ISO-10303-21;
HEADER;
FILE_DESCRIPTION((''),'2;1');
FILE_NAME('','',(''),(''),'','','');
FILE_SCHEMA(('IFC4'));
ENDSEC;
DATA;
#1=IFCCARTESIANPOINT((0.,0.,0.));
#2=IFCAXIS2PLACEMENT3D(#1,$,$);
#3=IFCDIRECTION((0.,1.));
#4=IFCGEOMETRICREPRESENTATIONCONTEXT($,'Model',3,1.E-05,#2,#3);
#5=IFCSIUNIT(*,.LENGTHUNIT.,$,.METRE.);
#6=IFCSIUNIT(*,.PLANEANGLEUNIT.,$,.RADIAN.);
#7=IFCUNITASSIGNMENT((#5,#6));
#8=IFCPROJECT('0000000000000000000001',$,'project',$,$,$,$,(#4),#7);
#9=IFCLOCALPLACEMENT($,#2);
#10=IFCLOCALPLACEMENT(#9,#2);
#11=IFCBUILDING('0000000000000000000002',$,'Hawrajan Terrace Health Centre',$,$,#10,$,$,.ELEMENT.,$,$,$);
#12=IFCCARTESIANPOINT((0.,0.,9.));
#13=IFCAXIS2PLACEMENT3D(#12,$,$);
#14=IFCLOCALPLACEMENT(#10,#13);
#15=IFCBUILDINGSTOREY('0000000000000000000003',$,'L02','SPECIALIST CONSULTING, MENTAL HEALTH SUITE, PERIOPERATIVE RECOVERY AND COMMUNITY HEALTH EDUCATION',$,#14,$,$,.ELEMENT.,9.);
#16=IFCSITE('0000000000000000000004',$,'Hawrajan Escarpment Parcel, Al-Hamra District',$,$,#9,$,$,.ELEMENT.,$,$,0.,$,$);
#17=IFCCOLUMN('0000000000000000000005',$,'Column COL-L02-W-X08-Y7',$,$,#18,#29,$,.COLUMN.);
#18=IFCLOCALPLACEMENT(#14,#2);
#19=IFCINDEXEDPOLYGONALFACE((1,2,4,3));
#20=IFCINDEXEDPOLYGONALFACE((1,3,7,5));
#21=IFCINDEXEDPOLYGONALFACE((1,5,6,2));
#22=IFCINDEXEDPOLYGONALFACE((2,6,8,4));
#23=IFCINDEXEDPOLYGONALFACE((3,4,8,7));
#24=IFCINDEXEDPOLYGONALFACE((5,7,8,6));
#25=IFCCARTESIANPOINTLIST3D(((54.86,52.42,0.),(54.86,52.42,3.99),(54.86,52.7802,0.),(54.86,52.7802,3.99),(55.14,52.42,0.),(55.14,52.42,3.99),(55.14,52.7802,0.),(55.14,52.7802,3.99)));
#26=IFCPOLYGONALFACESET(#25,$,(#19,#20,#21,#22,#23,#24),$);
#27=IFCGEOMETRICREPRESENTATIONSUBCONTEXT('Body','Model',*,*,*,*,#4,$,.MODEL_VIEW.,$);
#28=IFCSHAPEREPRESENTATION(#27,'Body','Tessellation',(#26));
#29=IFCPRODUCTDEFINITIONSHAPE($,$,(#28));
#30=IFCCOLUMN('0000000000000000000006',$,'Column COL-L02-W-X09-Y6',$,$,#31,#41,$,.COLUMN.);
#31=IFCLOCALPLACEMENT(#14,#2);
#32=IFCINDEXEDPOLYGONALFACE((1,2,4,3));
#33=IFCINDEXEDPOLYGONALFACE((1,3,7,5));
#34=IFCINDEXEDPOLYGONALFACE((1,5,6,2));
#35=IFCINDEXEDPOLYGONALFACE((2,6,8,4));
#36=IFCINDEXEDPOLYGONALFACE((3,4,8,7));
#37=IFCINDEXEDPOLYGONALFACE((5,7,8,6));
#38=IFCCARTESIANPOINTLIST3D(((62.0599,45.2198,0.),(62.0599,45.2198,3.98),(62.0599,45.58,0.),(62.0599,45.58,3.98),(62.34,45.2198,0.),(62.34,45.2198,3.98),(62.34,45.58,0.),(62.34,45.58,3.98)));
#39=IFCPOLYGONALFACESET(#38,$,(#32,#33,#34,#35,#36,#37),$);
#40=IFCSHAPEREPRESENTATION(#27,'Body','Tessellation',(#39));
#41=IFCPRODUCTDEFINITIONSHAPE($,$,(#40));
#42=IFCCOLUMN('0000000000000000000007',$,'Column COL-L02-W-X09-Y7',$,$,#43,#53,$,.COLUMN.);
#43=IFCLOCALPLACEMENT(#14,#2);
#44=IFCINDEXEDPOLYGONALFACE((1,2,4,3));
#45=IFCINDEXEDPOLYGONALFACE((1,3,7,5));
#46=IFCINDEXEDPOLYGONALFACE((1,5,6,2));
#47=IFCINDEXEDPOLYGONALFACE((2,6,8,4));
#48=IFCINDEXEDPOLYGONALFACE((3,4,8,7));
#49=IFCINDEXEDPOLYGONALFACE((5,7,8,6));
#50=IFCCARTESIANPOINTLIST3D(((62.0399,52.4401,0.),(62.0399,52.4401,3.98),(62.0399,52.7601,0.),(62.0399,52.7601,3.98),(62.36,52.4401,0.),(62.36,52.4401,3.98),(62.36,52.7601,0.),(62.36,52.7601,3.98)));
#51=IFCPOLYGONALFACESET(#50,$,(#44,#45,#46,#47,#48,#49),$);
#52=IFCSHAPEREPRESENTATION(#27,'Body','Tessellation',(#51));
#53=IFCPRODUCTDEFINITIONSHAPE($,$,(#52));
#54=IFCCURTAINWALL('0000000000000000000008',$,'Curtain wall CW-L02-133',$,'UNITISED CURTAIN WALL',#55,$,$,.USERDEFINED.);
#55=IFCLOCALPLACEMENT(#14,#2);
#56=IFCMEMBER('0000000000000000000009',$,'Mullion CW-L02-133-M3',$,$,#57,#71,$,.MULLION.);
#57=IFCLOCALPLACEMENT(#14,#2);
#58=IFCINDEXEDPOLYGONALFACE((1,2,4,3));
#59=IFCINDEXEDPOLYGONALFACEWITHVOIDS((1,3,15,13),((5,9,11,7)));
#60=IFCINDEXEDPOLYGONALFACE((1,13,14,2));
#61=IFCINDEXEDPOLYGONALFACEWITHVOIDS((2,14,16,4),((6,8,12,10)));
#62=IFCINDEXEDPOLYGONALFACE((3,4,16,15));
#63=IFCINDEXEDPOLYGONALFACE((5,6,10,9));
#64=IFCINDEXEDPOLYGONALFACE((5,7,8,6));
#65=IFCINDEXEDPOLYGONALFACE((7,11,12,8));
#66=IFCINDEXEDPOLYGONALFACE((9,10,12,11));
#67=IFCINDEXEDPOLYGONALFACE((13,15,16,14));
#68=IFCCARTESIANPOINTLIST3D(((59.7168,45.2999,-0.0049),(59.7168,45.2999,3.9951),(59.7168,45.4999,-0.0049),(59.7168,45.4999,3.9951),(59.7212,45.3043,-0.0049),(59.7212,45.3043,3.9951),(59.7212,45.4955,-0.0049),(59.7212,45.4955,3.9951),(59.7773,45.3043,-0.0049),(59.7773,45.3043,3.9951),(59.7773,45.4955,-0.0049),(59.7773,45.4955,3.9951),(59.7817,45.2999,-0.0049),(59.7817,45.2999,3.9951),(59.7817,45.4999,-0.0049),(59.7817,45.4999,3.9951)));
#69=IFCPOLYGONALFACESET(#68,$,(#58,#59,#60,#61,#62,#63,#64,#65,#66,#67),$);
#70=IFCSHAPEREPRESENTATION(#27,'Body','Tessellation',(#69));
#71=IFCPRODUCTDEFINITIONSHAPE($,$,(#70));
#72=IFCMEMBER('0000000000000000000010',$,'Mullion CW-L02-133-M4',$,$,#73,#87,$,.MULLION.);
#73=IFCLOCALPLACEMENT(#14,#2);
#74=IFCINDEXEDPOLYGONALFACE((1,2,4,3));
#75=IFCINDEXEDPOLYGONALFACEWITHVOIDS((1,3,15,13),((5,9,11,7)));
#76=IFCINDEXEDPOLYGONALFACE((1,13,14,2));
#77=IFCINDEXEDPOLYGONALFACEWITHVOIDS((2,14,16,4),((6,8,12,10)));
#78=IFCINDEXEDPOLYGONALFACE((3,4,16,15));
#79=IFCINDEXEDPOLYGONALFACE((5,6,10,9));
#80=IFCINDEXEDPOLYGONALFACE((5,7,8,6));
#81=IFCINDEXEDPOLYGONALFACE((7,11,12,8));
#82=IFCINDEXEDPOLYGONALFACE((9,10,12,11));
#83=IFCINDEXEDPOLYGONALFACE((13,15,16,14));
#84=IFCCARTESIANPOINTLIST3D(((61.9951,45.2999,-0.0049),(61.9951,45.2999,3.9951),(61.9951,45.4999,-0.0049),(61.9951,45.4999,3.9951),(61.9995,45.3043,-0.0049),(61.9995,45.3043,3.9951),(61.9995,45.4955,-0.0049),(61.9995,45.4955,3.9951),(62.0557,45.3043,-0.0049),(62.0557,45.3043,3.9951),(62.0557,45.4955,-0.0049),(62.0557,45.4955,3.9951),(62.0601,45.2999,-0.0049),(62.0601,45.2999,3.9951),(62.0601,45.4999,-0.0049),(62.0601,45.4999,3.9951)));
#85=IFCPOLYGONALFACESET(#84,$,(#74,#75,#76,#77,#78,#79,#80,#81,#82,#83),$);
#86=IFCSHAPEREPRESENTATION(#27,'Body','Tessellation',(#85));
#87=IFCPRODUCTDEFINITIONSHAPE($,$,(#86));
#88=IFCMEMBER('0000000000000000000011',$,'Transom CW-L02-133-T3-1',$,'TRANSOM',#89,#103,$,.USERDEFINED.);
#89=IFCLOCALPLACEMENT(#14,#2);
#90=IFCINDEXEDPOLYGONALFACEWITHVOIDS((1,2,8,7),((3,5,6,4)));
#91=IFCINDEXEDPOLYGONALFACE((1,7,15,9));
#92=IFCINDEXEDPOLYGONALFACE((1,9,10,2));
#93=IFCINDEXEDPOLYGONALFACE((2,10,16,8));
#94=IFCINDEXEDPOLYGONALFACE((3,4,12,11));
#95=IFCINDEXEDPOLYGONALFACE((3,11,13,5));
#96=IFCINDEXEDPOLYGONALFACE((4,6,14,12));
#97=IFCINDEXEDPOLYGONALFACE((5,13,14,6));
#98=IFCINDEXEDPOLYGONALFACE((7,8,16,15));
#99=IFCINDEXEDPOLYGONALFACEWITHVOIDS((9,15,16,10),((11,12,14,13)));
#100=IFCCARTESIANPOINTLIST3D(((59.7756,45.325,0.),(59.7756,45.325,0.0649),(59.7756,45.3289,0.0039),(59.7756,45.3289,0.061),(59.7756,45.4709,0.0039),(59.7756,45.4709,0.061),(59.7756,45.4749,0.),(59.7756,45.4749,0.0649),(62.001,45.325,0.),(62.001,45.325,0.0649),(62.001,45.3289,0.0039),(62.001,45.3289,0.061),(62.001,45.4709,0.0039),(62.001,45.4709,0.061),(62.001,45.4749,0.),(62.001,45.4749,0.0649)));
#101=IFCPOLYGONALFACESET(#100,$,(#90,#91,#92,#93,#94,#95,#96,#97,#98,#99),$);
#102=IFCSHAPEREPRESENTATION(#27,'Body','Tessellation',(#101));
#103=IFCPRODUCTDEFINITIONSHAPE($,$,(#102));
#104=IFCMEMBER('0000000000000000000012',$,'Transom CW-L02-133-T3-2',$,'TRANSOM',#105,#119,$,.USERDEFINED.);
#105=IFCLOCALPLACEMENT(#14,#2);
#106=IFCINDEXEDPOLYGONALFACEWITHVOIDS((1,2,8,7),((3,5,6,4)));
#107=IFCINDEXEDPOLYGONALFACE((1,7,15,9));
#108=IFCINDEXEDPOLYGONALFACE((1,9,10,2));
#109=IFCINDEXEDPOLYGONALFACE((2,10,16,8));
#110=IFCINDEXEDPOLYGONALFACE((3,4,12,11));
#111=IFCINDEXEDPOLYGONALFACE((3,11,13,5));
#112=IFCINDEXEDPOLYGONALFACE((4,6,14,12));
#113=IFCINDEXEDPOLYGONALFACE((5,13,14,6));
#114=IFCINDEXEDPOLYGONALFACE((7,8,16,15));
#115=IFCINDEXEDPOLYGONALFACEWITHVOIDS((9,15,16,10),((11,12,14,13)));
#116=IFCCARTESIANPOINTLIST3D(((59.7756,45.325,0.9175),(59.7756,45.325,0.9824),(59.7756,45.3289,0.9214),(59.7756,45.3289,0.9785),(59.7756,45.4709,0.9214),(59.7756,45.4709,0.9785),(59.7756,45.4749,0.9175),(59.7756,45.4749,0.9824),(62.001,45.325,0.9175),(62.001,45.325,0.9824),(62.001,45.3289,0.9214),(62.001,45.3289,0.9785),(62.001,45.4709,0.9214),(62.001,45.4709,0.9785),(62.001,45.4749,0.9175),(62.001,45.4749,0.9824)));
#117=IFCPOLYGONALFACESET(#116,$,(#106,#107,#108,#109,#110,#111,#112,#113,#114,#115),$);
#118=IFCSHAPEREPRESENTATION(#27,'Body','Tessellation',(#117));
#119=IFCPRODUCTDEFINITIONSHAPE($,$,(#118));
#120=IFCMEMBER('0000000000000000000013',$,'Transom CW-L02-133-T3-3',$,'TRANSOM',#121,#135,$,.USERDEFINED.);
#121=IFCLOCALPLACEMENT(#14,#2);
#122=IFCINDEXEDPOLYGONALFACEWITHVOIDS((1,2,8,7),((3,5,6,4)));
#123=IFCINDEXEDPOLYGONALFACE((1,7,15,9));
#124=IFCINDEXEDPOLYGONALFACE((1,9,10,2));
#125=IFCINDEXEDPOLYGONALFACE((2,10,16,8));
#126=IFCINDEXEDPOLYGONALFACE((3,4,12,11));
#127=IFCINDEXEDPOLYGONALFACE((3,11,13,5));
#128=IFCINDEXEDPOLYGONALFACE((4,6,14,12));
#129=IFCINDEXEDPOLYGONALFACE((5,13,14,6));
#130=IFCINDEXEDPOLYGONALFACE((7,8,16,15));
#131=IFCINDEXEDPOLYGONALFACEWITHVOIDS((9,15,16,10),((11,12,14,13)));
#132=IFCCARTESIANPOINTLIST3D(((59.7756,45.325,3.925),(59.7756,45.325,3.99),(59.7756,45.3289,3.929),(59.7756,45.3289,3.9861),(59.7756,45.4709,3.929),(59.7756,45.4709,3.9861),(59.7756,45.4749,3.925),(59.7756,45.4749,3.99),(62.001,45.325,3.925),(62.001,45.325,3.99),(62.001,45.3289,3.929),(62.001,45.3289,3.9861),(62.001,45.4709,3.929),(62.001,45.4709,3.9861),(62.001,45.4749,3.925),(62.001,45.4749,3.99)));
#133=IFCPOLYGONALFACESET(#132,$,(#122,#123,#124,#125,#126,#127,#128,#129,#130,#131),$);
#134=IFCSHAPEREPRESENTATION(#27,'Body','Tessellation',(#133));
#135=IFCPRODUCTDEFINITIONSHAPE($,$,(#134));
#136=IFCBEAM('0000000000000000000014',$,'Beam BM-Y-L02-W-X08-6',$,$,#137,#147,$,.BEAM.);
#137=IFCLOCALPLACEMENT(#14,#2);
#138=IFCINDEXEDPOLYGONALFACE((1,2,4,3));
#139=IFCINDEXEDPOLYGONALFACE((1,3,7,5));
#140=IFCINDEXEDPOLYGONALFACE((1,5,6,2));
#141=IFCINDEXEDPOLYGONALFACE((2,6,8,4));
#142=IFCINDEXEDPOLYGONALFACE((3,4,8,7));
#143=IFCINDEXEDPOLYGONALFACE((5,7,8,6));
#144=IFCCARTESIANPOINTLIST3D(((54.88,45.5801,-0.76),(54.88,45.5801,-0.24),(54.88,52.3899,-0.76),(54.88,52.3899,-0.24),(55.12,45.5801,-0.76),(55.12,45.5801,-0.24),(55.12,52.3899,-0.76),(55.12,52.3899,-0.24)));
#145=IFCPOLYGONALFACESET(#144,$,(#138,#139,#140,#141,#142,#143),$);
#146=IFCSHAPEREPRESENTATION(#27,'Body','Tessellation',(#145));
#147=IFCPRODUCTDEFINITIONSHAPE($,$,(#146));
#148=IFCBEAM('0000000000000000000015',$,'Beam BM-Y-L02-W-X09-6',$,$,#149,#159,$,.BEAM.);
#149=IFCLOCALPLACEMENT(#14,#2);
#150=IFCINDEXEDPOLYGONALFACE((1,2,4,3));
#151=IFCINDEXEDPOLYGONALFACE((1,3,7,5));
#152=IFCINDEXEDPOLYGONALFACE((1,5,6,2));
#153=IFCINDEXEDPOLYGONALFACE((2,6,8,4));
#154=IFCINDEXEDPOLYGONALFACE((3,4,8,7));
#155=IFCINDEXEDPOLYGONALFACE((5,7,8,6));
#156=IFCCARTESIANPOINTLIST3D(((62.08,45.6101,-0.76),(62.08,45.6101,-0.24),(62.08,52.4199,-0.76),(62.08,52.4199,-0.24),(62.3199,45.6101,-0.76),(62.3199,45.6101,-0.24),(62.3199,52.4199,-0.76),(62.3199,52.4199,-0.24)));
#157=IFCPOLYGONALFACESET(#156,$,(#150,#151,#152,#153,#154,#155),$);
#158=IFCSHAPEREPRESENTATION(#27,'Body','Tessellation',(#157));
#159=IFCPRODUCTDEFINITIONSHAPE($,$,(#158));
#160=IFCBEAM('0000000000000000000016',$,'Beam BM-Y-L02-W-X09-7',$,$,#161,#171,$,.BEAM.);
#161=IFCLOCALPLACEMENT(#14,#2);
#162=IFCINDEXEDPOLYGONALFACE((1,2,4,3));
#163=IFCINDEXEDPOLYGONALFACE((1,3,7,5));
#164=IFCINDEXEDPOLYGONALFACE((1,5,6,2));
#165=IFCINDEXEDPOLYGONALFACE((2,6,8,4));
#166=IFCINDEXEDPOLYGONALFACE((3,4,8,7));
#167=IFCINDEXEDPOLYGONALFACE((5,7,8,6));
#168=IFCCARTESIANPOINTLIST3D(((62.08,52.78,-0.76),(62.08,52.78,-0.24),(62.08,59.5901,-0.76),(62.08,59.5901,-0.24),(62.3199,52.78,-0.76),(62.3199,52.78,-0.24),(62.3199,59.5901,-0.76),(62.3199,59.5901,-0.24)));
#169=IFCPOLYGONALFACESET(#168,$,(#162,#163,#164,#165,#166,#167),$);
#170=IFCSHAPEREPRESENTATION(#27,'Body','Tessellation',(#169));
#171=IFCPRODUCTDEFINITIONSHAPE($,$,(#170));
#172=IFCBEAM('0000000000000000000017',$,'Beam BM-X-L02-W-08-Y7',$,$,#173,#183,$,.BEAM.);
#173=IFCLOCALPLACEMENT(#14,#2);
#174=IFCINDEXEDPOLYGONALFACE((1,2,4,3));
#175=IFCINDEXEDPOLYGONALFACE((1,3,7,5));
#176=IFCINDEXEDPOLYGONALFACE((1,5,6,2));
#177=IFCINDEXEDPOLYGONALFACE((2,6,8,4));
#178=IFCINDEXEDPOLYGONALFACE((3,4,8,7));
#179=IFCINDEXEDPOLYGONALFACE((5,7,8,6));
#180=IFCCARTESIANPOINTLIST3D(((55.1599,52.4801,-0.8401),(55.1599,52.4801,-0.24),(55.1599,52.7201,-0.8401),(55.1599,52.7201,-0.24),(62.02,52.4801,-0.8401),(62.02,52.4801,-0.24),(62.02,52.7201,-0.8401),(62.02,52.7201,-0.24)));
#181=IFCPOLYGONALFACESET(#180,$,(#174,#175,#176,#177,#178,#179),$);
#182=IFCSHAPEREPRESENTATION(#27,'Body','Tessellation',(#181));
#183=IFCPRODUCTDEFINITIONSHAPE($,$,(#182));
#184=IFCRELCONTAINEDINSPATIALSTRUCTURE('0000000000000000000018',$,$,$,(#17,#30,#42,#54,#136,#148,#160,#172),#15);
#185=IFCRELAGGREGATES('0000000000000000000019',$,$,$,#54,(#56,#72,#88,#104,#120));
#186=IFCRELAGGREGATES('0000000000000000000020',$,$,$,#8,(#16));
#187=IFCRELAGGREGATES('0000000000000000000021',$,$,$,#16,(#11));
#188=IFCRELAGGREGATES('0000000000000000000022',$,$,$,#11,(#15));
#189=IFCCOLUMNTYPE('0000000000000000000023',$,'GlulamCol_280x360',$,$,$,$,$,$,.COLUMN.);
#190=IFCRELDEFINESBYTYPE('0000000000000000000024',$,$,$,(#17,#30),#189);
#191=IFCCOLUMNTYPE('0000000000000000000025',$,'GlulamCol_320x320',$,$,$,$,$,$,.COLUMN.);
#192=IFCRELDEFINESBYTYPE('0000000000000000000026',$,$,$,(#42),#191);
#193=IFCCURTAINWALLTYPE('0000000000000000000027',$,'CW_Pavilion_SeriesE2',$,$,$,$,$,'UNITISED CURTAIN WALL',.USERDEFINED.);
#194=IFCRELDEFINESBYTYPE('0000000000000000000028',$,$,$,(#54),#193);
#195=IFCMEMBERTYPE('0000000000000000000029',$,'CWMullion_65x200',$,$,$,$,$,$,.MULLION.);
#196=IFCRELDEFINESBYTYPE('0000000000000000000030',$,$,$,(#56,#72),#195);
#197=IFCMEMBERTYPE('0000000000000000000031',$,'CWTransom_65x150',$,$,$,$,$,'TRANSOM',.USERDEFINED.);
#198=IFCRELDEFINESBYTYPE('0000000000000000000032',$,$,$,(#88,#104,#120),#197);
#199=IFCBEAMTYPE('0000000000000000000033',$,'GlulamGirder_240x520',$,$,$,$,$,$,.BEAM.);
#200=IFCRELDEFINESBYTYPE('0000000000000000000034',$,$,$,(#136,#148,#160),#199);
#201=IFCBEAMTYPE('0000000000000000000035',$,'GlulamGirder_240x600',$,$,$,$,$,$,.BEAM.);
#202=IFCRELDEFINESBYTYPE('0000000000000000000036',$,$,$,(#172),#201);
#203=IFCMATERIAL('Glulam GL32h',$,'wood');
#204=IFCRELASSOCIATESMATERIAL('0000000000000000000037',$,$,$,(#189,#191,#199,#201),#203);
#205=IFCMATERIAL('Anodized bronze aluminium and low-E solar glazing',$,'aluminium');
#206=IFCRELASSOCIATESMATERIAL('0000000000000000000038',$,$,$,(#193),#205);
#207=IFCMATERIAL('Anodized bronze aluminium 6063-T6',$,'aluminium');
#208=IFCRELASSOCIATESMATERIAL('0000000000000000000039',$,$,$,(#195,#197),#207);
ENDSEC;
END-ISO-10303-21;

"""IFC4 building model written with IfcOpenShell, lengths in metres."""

from ifc_helpers import new_model, si_unit, direction, frame, origin, origin_2d, place, context, subcontext, project, spatial, rectangle, hollow_rectangle, extrude, material, material_profile, profile_set, type_object, element, aggregate, save


model = new_model("IFC4")

# Units and contexts
model_context = context("Model", 3, precision=1e-05, world=origin(), true_north=direction((0.0, 1.0)))
body_context = subcontext(model_context, "Body", "Model", "MODEL_VIEW")
ifc_project = project(units=[si_unit("LENGTHUNIT", "METRE"), si_unit("PLANEANGLEUNIT", "RADIAN")], contexts=[model_context])

# Site, building, storey
site_placement = place(None, origin())
site = spatial("IfcSite", under=ifc_project, at=site_placement, Name="Hawrajan Escarpment Parcel, Al-Hamra District", CompositionType="ELEMENT", RefElevation=0.0)
building_placement = place(site_placement, origin())
building = spatial("IfcBuilding", under=site, at=building_placement, Name="Hawrajan Terrace Health Centre", CompositionType="ELEMENT")
storey_placement = place(building_placement, frame((0.0, 0.0, 9.0)))
storey = spatial("IfcBuildingStorey", under=building, at=storey_placement, Name="L02", Description="SPECIALIST CONSULTING, MENTAL HEALTH SUITE, PERIOPERATIVE RECOVERY AND COMMUNITY HEALTH EDUCATION", CompositionType="ELEMENT", Elevation=9.0)

# Columns
ifc_material_1 = material(Name="Glulam GL32h", Category="wood")
ifc_material_profile_1 = material_profile(ifc_material_1, rectangle(XDim=0.28, YDim=0.3601, at=origin_2d()), Name="GL 280x360")
ifc_profile_set_1 = profile_set([ifc_material_profile_1], Name="Glulam GL32h")
column_type_1 = type_object("IfcColumnType", Name="GlulamCol_280x360", PredefinedType="COLUMN", material=ifc_profile_set_1)
column_1_placement = place(storey_placement, frame((55.0, 52.6001, 0.0), z_axis=(0.0, 0.0, 1.0), x_axis=(1.0, 0.0, 0.0)))
element("IfcColumn", 1, at=column_1_placement, inside=storey, type_object=column_type_1, Name="Column COL-L02-W-X08-Y7", PredefinedType="COLUMN", context=body_context, shape_type="SweptSolid", body=[
    extrude(rectangle(XDim=0.28, YDim=0.3601, at=origin_2d()), origin(), (0.0, 0.0, 1.0), 3.99),
])
column_2_placement = place(storey_placement, frame((62.2, 45.3999, 0.0), z_axis=(0.0, 0.0, 1.0), x_axis=(1.0, 0.0, 0.0)))
element("IfcColumn", 2, at=column_2_placement, inside=storey, type_object=column_type_1, Name="Column COL-L02-W-X09-Y6", PredefinedType="COLUMN", context=body_context, shape_type="SweptSolid", body=[
    extrude(rectangle(XDim=0.28, YDim=0.3601, at=origin_2d()), origin(), (0.0, 0.0, 1.0), 3.98),
])
ifc_material_profile_2 = material_profile(ifc_material_1, rectangle(XDim=0.3201, YDim=0.3201, at=origin_2d()), Name="GL 320x320")
ifc_profile_set_2 = profile_set([ifc_material_profile_2], Name="Glulam GL32h")
column_type_2 = type_object("IfcColumnType", Name="GlulamCol_320x320", PredefinedType="COLUMN", material=ifc_profile_set_2)
column_3_placement = place(storey_placement, frame((62.2, 52.6001, 0.0), z_axis=(0.0, 0.0, 1.0), x_axis=(1.0, 0.0, 0.0)))
element("IfcColumn", 3, at=column_3_placement, inside=storey, type_object=column_type_2, Name="Column COL-L02-W-X09-Y7", PredefinedType="COLUMN", context=body_context, shape_type="SweptSolid", body=[
    extrude(rectangle(XDim=0.3201, YDim=0.3201, at=origin_2d()), origin(), (0.0, 0.0, 1.0), 3.98),
])

# Curtain wall, members
ifc_material_2 = material(Name="Anodized bronze aluminium and low-E solar glazing", Category="aluminium")
curtain_wall_type = type_object("IfcCurtainWallType", Name="CW_Pavilion_SeriesE2", ElementType="UNITISED CURTAIN WALL", PredefinedType="USERDEFINED", material=ifc_material_2)
curtain_wall_placement = place(storey_placement, origin())
curtain_wall = element("IfcCurtainWall", 4, at=curtain_wall_placement, inside=storey, type_object=curtain_wall_type, Name="Curtain wall CW-L02-133", ObjectType="UNITISED CURTAIN WALL", PredefinedType="USERDEFINED")
ifc_material_3 = material(Name="Anodized bronze aluminium 6063-T6", Category="aluminium")
ifc_material_profile_3 = material_profile(ifc_material_3, hollow_rectangle(XDim=0.0649, YDim=0.2, WallThickness=0.0044, at=origin_2d()), Name="CW MUL 65x200")
ifc_profile_set_3 = profile_set([ifc_material_profile_3], Name="Anodized bronze aluminium 6063-T6")
member_type_1 = type_object("IfcMemberType", Name="CWMullion_65x200", PredefinedType="MULLION", material=ifc_profile_set_3)
member_1_placement = place(storey_placement, frame((59.7493, 45.3999, -0.0049), z_axis=(0.0, 0.0, 1.0), x_axis=(1.0, 0.0, 0.0)))
member_1 = element("IfcMember", 5, at=member_1_placement, type_object=member_type_1, Name="Mullion CW-L02-133-M3", PredefinedType="MULLION", context=body_context, shape_type="SweptSolid", body=[
    extrude(hollow_rectangle(XDim=0.0649, YDim=0.2, WallThickness=0.0044, at=origin_2d()), origin(), (0.0, 0.0, 1.0), 4.0),
])
member_2_placement = place(storey_placement, frame((62.0276, 45.3999, -0.0049), z_axis=(0.0, 0.0, 1.0), x_axis=(1.0, 0.0, 0.0)))
member_2 = element("IfcMember", 6, at=member_2_placement, type_object=member_type_1, Name="Mullion CW-L02-133-M4", PredefinedType="MULLION", context=body_context, shape_type="SweptSolid", body=[
    extrude(hollow_rectangle(XDim=0.0649, YDim=0.2, WallThickness=0.0044, at=origin_2d()), origin(), (0.0, 0.0, 1.0), 4.0),
])
ifc_material_profile_4 = material_profile(ifc_material_3, hollow_rectangle(XDim=0.0649, YDim=0.1499, WallThickness=0.0039, at=origin_2d()), Name="CW TRN 65x150")
ifc_profile_set_4 = profile_set([ifc_material_profile_4], Name="Anodized bronze aluminium 6063-T6")
member_type_2 = type_object("IfcMemberType", Name="CWTransom_65x150", ElementType="TRANSOM", PredefinedType="USERDEFINED", material=ifc_profile_set_4)
member_3_placement = place(storey_placement, frame((59.7756, 45.3999, 0.0325), z_axis=(1.0, 0.0, 0.0), x_axis=(0.0, 0.0, 1.0)))
member_3 = element("IfcMember", 7, at=member_3_placement, type_object=member_type_2, Name="Transom CW-L02-133-T3-1", ObjectType="TRANSOM", PredefinedType="USERDEFINED", context=body_context, shape_type="SweptSolid", body=[
    extrude(hollow_rectangle(XDim=0.0649, YDim=0.1499, WallThickness=0.0039, at=origin_2d()), origin(), (0.0, 0.0, 1.0), 2.2253),
])
member_4_placement = place(storey_placement, frame((59.7756, 45.3999, 0.95), z_axis=(1.0, 0.0, 0.0), x_axis=(0.0, 0.0, 1.0)))
member_4 = element("IfcMember", 8, at=member_4_placement, type_object=member_type_2, Name="Transom CW-L02-133-T3-2", ObjectType="TRANSOM", PredefinedType="USERDEFINED", context=body_context, shape_type="SweptSolid", body=[
    extrude(hollow_rectangle(XDim=0.0649, YDim=0.1499, WallThickness=0.0039, at=origin_2d()), origin(), (0.0, 0.0, 1.0), 2.2253),
])
member_5_placement = place(storey_placement, frame((59.7756, 45.3999, 3.9575), z_axis=(1.0, 0.0, 0.0), x_axis=(0.0, 0.0, 1.0)))
member_5 = element("IfcMember", 9, at=member_5_placement, type_object=member_type_2, Name="Transom CW-L02-133-T3-3", ObjectType="TRANSOM", PredefinedType="USERDEFINED", context=body_context, shape_type="SweptSolid", body=[
    extrude(hollow_rectangle(XDim=0.0649, YDim=0.1499, WallThickness=0.0039, at=origin_2d()), origin(), (0.0, 0.0, 1.0), 2.2253),
])

# Beams
ifc_material_profile_5 = material_profile(ifc_material_1, rectangle(XDim=0.24, YDim=0.52, at=origin_2d()), Name="GL BM 240x520")
ifc_profile_set_5 = profile_set([ifc_material_profile_5], Name="Glulam GL32h")
beam_type_1 = type_object("IfcBeamType", Name="GlulamGirder_240x520", PredefinedType="BEAM", material=ifc_profile_set_5)
for number, where, z_axis, x_axis, name in (
    (10, (55.0, 45.5801, -0.5), (0.0, 1.0, 0.0), (-1.0, 0.0, 0.0), "Beam BM-Y-L02-W-X08-6"),
    (11, (62.2, 45.6101, -0.5), (0.0, 1.0, 0.0), (-1.0, 0.0, 0.0), "Beam BM-Y-L02-W-X09-6"),
):
    element("IfcBeam", number, at=place(storey_placement, frame(where, z_axis=z_axis, x_axis=x_axis)), inside=storey, type_object=beam_type_1, Name=name, PredefinedType="BEAM", context=body_context, shape_type="SweptSolid", body=[
        extrude(rectangle(XDim=0.24, YDim=0.52, at=origin_2d()), origin(), (0.0, 0.0, 1.0), 6.8098),
    ])
beam_1_placement = place(storey_placement, frame((62.2, 52.78, -0.5), z_axis=(0.0, 1.0, 0.0), x_axis=(-1.0, 0.0, 0.0)))
element("IfcBeam", 12, at=beam_1_placement, inside=storey, type_object=beam_type_1, Name="Beam BM-Y-L02-W-X09-7", PredefinedType="BEAM", context=body_context, shape_type="SweptSolid", body=[
    extrude(rectangle(XDim=0.24, YDim=0.52, at=origin_2d()), origin(), (0.0, 0.0, 1.0), 6.8101),
])
ifc_material_profile_6 = material_profile(ifc_material_1, rectangle(XDim=0.24, YDim=0.6001, at=origin_2d()), Name="GL BM 240x600")
ifc_profile_set_6 = profile_set([ifc_material_profile_6], Name="Glulam GL32h")
beam_type_2 = type_object("IfcBeamType", Name="GlulamGirder_240x600", PredefinedType="BEAM", material=ifc_profile_set_6)
beam_2_placement = place(storey_placement, frame((55.1599, 52.6001, -0.54), z_axis=(1.0, 0.0, 0.0), x_axis=(0.0, 1.0, 0.0)))
element("IfcBeam", 13, at=beam_2_placement, inside=storey, type_object=beam_type_2, Name="Beam BM-X-L02-W-08-Y7", PredefinedType="BEAM", context=body_context, shape_type="SweptSolid", body=[
    extrude(rectangle(XDim=0.24, YDim=0.6001, at=origin_2d()), origin(), (0.0, 0.0, 1.0), 6.8601),
])

aggregate(curtain_wall, [member_1, member_2, member_3, member_4, member_5])

save(model, "model.ifc")
